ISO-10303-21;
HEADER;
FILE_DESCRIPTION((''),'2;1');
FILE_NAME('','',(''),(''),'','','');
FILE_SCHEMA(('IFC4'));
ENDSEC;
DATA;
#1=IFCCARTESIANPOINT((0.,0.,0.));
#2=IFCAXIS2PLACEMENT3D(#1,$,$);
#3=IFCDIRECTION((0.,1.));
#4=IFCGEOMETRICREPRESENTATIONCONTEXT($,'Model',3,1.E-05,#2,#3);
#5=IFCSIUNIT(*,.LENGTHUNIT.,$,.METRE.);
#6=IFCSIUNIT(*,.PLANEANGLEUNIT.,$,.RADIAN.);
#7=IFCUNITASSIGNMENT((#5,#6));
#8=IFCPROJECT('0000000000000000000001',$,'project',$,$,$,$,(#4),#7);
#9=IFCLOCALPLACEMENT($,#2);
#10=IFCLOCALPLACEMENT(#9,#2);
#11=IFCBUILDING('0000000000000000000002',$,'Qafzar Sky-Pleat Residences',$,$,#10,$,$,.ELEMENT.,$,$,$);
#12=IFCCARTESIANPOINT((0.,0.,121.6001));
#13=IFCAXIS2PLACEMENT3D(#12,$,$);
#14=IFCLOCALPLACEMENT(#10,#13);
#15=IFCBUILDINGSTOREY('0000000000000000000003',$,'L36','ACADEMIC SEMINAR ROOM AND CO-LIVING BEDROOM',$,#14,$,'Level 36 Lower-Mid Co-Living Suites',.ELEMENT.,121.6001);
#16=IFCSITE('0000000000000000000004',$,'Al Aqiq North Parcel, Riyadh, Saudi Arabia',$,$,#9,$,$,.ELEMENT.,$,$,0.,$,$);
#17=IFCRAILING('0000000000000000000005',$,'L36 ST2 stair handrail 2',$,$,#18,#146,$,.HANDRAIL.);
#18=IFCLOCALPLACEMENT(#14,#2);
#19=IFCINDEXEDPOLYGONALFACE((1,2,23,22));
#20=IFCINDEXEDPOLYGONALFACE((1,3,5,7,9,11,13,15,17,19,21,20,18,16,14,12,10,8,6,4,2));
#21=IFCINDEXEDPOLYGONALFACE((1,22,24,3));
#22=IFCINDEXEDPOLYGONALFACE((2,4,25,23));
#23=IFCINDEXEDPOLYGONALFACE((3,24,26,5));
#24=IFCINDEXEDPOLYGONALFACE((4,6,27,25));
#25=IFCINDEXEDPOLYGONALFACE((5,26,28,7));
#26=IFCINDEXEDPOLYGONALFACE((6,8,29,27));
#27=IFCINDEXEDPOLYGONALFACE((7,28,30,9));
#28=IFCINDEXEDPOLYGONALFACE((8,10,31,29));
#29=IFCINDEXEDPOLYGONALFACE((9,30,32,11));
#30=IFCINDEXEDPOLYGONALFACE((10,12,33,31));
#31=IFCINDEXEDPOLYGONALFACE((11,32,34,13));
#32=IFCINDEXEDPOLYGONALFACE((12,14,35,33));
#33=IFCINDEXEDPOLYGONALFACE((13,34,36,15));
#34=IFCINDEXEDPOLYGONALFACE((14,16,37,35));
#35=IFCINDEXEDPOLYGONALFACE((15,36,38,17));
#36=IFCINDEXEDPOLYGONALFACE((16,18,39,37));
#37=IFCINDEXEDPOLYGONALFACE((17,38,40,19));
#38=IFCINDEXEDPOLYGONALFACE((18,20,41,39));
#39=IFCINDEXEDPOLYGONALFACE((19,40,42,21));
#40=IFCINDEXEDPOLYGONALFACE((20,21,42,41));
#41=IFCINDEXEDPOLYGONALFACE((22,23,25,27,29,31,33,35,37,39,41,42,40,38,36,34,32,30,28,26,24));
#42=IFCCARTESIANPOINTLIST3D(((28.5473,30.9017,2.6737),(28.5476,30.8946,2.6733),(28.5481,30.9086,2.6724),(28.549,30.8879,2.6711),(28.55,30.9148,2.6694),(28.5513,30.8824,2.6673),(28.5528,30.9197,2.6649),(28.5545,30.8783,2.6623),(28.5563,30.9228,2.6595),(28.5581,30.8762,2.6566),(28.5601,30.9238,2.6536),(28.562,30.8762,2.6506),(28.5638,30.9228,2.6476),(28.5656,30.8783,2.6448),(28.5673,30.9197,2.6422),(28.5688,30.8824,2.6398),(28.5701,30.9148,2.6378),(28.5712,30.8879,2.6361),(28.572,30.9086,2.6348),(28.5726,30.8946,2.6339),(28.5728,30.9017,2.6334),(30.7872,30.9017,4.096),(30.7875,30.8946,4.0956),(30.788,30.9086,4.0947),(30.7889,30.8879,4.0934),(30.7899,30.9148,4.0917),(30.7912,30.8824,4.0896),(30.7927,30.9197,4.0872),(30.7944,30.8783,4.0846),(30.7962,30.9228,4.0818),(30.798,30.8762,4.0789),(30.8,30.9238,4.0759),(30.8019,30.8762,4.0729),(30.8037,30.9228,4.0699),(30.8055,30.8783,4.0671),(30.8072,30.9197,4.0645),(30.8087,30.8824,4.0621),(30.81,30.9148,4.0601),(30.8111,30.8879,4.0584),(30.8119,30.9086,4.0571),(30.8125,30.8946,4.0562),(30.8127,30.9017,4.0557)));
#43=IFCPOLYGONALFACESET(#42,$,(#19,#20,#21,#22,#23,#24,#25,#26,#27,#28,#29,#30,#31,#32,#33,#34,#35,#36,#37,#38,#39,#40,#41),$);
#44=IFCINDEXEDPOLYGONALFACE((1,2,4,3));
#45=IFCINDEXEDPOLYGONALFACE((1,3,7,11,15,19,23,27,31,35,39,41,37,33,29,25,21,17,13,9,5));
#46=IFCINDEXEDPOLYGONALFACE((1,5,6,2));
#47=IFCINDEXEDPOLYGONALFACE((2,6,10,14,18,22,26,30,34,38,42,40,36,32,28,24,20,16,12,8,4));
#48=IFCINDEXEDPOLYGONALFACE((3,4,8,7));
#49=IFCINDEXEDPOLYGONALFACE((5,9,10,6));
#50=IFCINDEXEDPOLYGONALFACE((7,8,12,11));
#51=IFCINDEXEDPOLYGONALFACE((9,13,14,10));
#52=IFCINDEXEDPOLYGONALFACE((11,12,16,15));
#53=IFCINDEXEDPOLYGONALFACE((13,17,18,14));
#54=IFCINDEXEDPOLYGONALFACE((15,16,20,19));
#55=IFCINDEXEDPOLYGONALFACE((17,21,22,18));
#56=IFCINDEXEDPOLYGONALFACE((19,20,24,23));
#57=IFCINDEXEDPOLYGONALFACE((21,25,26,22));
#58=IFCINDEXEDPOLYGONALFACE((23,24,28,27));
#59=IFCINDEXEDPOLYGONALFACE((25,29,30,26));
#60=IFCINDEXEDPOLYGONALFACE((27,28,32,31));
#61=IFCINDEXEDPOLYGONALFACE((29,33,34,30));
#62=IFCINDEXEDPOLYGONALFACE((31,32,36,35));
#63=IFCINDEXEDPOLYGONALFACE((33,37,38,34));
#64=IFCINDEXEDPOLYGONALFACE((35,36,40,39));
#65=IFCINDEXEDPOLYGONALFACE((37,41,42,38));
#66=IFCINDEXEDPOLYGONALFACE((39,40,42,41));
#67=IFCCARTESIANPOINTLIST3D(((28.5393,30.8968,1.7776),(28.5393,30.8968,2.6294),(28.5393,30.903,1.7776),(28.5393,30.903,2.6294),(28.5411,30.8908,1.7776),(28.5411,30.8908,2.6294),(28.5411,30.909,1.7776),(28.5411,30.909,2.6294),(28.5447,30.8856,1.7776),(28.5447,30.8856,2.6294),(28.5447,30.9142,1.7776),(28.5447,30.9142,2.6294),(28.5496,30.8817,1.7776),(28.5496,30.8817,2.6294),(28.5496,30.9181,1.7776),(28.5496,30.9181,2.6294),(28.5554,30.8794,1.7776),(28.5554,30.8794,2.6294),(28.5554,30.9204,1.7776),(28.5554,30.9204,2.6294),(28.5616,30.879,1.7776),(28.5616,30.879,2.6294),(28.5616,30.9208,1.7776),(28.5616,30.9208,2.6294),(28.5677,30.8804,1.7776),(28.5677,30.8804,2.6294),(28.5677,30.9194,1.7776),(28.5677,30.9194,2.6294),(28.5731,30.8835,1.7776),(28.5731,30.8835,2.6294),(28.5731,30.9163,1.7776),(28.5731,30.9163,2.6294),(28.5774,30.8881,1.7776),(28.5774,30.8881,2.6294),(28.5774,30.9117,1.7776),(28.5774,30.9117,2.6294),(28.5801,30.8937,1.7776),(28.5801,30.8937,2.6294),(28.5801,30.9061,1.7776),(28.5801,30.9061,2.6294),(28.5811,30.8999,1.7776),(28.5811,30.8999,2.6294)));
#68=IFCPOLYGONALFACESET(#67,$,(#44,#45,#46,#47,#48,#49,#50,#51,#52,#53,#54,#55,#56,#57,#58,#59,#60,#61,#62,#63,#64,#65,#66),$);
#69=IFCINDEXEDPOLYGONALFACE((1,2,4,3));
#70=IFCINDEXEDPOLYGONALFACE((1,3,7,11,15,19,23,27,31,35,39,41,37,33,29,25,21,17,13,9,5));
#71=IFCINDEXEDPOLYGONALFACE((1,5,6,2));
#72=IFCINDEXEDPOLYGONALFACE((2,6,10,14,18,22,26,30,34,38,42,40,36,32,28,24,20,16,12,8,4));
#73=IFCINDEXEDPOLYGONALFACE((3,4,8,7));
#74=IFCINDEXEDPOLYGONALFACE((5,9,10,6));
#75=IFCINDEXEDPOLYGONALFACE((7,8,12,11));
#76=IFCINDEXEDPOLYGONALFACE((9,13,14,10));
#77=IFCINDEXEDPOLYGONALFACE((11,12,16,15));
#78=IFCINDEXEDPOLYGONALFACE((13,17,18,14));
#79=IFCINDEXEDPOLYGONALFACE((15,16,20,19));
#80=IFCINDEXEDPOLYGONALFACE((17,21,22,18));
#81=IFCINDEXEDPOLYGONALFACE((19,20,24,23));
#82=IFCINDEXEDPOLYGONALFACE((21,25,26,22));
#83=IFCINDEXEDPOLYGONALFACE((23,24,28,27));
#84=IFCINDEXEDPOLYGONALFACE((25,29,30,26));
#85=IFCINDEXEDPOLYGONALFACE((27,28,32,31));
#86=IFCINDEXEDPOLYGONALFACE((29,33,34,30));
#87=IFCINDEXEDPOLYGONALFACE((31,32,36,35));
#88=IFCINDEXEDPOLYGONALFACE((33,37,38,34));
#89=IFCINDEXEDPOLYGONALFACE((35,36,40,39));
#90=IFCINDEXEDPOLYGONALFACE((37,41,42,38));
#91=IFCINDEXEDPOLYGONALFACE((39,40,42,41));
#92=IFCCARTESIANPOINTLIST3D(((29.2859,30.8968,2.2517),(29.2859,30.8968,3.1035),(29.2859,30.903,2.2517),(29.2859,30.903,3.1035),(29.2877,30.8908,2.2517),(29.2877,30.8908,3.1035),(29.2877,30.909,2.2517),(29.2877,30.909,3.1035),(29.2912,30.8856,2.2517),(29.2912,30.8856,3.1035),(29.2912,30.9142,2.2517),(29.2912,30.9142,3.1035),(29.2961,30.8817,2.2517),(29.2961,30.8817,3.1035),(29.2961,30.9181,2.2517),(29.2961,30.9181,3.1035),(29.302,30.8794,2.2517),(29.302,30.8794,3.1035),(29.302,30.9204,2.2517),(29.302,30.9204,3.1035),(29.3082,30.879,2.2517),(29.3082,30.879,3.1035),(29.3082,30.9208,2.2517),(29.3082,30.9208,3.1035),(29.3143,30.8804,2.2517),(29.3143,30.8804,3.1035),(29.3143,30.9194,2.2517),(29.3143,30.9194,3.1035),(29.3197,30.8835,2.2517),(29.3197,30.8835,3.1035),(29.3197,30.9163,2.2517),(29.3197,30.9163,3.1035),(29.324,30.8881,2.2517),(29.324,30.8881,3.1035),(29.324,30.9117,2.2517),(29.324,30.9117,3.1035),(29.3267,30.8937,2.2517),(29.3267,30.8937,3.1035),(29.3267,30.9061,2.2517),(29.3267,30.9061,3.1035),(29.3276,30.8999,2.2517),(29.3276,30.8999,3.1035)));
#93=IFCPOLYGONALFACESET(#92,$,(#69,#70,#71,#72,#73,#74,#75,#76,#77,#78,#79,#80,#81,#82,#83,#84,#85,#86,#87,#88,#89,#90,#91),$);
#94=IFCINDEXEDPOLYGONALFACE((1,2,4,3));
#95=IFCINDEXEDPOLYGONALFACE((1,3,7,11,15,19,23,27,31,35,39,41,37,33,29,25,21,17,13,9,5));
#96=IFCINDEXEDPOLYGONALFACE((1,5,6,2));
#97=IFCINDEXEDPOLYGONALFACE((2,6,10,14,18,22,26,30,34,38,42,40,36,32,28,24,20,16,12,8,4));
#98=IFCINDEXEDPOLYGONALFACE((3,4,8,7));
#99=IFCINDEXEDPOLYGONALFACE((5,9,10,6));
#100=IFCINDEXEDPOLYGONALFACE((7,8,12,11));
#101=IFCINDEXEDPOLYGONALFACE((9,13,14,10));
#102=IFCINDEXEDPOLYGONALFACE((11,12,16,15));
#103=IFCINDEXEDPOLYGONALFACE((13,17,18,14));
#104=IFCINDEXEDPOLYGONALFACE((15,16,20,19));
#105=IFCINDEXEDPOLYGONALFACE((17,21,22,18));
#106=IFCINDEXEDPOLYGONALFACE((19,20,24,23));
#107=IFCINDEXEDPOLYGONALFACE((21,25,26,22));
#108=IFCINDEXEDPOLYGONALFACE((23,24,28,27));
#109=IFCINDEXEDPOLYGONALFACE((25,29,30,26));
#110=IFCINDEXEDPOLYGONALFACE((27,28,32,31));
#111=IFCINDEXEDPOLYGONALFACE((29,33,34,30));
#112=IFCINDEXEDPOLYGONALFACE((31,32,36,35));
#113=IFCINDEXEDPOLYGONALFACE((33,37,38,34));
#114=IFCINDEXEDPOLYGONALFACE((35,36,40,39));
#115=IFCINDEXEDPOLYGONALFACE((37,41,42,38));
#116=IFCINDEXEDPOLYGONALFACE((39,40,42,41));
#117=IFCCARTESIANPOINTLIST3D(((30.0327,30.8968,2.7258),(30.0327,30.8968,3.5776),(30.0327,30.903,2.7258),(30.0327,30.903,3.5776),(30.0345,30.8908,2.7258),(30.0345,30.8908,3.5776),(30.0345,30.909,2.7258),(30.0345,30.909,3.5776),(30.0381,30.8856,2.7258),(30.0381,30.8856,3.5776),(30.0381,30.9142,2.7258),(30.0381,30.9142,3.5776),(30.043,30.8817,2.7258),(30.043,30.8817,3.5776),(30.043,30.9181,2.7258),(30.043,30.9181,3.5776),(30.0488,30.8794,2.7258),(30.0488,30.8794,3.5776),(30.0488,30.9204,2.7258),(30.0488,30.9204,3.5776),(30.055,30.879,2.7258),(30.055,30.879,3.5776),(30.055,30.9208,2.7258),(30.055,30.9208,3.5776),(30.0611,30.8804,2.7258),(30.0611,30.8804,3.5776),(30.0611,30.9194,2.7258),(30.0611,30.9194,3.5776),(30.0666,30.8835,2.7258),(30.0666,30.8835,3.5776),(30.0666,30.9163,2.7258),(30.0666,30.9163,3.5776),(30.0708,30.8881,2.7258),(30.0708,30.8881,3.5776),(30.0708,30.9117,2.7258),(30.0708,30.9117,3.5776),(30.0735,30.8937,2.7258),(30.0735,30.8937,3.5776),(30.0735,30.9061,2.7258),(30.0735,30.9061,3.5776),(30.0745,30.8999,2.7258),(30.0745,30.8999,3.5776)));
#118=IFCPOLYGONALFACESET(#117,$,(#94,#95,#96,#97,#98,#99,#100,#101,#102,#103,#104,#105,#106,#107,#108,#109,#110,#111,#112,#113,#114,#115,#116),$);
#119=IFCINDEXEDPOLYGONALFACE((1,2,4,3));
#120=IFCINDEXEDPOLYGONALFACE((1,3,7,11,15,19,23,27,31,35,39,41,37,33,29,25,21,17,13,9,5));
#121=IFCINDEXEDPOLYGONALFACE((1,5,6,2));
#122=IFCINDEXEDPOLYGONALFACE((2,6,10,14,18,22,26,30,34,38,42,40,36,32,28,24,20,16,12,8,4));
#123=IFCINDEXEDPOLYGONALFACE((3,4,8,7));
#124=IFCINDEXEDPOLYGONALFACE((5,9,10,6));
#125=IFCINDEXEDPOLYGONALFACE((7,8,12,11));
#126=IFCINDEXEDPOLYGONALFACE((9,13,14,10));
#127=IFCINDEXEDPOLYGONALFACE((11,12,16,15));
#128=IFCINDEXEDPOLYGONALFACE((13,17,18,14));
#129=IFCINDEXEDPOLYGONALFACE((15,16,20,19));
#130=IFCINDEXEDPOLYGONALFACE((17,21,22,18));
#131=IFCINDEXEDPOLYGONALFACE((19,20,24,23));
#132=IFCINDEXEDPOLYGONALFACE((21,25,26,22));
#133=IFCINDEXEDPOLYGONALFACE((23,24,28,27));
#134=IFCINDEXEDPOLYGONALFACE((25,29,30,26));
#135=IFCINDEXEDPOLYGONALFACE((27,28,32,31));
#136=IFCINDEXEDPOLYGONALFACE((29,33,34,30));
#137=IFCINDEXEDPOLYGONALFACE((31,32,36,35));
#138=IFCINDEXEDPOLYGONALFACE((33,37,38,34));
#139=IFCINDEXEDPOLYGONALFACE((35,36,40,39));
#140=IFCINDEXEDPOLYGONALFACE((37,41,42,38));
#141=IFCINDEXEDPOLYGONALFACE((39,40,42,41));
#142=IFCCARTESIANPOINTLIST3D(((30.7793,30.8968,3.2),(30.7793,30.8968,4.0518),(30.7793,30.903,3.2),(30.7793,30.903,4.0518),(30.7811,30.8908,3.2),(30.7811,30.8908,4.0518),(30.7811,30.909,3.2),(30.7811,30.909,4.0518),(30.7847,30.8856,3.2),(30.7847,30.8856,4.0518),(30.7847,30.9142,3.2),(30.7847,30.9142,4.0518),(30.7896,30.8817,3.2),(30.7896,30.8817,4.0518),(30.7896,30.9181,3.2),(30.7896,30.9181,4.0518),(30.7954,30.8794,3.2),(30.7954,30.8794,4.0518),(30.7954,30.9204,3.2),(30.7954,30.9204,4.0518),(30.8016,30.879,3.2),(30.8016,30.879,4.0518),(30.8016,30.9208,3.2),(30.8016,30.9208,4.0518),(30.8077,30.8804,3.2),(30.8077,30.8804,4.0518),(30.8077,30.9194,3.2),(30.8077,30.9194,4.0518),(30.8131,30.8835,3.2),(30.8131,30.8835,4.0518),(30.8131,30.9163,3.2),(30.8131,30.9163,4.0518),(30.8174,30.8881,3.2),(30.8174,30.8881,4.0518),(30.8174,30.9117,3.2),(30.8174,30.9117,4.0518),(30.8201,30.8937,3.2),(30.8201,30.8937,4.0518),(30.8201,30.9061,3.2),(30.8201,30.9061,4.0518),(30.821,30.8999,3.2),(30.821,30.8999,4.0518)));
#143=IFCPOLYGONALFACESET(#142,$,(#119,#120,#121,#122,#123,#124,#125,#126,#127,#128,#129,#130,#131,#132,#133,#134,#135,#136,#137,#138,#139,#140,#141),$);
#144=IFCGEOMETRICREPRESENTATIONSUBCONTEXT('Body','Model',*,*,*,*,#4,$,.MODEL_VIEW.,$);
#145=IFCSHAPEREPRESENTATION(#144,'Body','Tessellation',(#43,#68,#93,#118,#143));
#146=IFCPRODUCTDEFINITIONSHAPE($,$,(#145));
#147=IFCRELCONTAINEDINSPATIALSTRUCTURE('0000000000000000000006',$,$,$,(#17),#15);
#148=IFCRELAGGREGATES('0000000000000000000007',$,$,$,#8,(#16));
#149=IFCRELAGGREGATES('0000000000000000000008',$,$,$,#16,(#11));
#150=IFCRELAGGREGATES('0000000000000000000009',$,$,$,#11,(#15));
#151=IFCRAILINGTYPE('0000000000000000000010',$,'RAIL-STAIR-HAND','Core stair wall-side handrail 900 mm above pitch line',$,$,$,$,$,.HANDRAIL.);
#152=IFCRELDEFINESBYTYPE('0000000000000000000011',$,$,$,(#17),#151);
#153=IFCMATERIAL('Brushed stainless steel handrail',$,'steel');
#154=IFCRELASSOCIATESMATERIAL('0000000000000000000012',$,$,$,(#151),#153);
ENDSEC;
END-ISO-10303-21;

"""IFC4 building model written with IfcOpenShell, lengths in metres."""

from ifc_helpers import new_model, si_unit, direction, frame, origin, origin_2d, place, context, subcontext, project, spatial, circle, extrude, source, transform, mapped, material, type_object, element, save


model = new_model("IFC4")

# Units and contexts
model_context = context("Model", 3, precision=1e-05, world=origin(), true_north=direction((0.0, 1.0)))
body_context = subcontext(model_context, "Body", "Model", "MODEL_VIEW")
ifc_project = project(units=[si_unit("LENGTHUNIT", "METRE"), si_unit("PLANEANGLEUNIT", "RADIAN")], contexts=[model_context])

# Site, building, storey
site_placement = place(None, origin())
site = spatial("IfcSite", under=ifc_project, at=site_placement, Name="Al Aqiq North Parcel, Riyadh, Saudi Arabia", CompositionType="ELEMENT", RefElevation=0.0)
building_placement = place(site_placement, origin())
building = spatial("IfcBuilding", under=site, at=building_placement, Name="Qafzar Sky-Pleat Residences", CompositionType="ELEMENT")
storey_placement = place(building_placement, frame((0.0, 0.0, 121.6001)))
storey = spatial("IfcBuildingStorey", under=building, at=storey_placement, Name="L36", Description="ACADEMIC SEMINAR ROOM AND CO-LIVING BEDROOM", LongName="Level 36 Lower-Mid Co-Living Suites", CompositionType="ELEMENT", Elevation=121.6001)

# Railing
ifc_material_1 = material(Name="Brushed stainless steel handrail", Category="steel")
railing_type_1 = type_object("IfcRailingType", Name="RAIL-STAIR-HAND", Description="Core stair wall-side handrail 900 mm above pitch line", PredefinedType="HANDRAIL", material=ifc_material_1)
shared_shape_1 = source(origin(), body_context, "Body", "SweptSolid", [
    extrude(circle(Radius=0.0239, at=origin_2d()), frame((0.0, 0.0, 0.876), z_axis=(0.844188, 0.0, 0.536048), x_axis=(0.0, 1.0, 0.0)), (0.0, 0.0, 1.0), 2.6533),
    extrude(circle(Radius=0.021, at=origin_2d()), origin(), (0.0, 0.0, 1.0), 0.8518),
    extrude(circle(Radius=0.021, at=origin_2d()), frame((0.7466, 0.0, 0.4741)), (0.0, 0.0, 1.0), 0.8518),
    extrude(circle(Radius=0.021, at=origin_2d()), frame((1.4934, 0.0, 0.9482)), (0.0, 0.0, 1.0), 0.8518),
    extrude(circle(Radius=0.021, at=origin_2d()), frame((2.24, 0.0, 1.4224)), (0.0, 0.0, 1.0), 0.8518),
])
railing_1_placement = place(storey_placement, frame((28.5601, 30.8999, 1.7776)))
element("IfcRailing", 1, at=railing_1_placement, inside=storey, type_object=railing_type_1, Name="L36 ST2 stair handrail 2", PredefinedType="HANDRAIL", context=body_context, shape_type="MappedRepresentation", body=[
    mapped(shared_shape_1, transform((0.0, 0.0, 0.0), x_axis=(1.0, 0.0, 0.0), y_axis=(0.0, 1.0, 0.0), z_axis=(0.0, 0.0, 1.0), scale=1.0)),
])

save(model, "model.ifc")
